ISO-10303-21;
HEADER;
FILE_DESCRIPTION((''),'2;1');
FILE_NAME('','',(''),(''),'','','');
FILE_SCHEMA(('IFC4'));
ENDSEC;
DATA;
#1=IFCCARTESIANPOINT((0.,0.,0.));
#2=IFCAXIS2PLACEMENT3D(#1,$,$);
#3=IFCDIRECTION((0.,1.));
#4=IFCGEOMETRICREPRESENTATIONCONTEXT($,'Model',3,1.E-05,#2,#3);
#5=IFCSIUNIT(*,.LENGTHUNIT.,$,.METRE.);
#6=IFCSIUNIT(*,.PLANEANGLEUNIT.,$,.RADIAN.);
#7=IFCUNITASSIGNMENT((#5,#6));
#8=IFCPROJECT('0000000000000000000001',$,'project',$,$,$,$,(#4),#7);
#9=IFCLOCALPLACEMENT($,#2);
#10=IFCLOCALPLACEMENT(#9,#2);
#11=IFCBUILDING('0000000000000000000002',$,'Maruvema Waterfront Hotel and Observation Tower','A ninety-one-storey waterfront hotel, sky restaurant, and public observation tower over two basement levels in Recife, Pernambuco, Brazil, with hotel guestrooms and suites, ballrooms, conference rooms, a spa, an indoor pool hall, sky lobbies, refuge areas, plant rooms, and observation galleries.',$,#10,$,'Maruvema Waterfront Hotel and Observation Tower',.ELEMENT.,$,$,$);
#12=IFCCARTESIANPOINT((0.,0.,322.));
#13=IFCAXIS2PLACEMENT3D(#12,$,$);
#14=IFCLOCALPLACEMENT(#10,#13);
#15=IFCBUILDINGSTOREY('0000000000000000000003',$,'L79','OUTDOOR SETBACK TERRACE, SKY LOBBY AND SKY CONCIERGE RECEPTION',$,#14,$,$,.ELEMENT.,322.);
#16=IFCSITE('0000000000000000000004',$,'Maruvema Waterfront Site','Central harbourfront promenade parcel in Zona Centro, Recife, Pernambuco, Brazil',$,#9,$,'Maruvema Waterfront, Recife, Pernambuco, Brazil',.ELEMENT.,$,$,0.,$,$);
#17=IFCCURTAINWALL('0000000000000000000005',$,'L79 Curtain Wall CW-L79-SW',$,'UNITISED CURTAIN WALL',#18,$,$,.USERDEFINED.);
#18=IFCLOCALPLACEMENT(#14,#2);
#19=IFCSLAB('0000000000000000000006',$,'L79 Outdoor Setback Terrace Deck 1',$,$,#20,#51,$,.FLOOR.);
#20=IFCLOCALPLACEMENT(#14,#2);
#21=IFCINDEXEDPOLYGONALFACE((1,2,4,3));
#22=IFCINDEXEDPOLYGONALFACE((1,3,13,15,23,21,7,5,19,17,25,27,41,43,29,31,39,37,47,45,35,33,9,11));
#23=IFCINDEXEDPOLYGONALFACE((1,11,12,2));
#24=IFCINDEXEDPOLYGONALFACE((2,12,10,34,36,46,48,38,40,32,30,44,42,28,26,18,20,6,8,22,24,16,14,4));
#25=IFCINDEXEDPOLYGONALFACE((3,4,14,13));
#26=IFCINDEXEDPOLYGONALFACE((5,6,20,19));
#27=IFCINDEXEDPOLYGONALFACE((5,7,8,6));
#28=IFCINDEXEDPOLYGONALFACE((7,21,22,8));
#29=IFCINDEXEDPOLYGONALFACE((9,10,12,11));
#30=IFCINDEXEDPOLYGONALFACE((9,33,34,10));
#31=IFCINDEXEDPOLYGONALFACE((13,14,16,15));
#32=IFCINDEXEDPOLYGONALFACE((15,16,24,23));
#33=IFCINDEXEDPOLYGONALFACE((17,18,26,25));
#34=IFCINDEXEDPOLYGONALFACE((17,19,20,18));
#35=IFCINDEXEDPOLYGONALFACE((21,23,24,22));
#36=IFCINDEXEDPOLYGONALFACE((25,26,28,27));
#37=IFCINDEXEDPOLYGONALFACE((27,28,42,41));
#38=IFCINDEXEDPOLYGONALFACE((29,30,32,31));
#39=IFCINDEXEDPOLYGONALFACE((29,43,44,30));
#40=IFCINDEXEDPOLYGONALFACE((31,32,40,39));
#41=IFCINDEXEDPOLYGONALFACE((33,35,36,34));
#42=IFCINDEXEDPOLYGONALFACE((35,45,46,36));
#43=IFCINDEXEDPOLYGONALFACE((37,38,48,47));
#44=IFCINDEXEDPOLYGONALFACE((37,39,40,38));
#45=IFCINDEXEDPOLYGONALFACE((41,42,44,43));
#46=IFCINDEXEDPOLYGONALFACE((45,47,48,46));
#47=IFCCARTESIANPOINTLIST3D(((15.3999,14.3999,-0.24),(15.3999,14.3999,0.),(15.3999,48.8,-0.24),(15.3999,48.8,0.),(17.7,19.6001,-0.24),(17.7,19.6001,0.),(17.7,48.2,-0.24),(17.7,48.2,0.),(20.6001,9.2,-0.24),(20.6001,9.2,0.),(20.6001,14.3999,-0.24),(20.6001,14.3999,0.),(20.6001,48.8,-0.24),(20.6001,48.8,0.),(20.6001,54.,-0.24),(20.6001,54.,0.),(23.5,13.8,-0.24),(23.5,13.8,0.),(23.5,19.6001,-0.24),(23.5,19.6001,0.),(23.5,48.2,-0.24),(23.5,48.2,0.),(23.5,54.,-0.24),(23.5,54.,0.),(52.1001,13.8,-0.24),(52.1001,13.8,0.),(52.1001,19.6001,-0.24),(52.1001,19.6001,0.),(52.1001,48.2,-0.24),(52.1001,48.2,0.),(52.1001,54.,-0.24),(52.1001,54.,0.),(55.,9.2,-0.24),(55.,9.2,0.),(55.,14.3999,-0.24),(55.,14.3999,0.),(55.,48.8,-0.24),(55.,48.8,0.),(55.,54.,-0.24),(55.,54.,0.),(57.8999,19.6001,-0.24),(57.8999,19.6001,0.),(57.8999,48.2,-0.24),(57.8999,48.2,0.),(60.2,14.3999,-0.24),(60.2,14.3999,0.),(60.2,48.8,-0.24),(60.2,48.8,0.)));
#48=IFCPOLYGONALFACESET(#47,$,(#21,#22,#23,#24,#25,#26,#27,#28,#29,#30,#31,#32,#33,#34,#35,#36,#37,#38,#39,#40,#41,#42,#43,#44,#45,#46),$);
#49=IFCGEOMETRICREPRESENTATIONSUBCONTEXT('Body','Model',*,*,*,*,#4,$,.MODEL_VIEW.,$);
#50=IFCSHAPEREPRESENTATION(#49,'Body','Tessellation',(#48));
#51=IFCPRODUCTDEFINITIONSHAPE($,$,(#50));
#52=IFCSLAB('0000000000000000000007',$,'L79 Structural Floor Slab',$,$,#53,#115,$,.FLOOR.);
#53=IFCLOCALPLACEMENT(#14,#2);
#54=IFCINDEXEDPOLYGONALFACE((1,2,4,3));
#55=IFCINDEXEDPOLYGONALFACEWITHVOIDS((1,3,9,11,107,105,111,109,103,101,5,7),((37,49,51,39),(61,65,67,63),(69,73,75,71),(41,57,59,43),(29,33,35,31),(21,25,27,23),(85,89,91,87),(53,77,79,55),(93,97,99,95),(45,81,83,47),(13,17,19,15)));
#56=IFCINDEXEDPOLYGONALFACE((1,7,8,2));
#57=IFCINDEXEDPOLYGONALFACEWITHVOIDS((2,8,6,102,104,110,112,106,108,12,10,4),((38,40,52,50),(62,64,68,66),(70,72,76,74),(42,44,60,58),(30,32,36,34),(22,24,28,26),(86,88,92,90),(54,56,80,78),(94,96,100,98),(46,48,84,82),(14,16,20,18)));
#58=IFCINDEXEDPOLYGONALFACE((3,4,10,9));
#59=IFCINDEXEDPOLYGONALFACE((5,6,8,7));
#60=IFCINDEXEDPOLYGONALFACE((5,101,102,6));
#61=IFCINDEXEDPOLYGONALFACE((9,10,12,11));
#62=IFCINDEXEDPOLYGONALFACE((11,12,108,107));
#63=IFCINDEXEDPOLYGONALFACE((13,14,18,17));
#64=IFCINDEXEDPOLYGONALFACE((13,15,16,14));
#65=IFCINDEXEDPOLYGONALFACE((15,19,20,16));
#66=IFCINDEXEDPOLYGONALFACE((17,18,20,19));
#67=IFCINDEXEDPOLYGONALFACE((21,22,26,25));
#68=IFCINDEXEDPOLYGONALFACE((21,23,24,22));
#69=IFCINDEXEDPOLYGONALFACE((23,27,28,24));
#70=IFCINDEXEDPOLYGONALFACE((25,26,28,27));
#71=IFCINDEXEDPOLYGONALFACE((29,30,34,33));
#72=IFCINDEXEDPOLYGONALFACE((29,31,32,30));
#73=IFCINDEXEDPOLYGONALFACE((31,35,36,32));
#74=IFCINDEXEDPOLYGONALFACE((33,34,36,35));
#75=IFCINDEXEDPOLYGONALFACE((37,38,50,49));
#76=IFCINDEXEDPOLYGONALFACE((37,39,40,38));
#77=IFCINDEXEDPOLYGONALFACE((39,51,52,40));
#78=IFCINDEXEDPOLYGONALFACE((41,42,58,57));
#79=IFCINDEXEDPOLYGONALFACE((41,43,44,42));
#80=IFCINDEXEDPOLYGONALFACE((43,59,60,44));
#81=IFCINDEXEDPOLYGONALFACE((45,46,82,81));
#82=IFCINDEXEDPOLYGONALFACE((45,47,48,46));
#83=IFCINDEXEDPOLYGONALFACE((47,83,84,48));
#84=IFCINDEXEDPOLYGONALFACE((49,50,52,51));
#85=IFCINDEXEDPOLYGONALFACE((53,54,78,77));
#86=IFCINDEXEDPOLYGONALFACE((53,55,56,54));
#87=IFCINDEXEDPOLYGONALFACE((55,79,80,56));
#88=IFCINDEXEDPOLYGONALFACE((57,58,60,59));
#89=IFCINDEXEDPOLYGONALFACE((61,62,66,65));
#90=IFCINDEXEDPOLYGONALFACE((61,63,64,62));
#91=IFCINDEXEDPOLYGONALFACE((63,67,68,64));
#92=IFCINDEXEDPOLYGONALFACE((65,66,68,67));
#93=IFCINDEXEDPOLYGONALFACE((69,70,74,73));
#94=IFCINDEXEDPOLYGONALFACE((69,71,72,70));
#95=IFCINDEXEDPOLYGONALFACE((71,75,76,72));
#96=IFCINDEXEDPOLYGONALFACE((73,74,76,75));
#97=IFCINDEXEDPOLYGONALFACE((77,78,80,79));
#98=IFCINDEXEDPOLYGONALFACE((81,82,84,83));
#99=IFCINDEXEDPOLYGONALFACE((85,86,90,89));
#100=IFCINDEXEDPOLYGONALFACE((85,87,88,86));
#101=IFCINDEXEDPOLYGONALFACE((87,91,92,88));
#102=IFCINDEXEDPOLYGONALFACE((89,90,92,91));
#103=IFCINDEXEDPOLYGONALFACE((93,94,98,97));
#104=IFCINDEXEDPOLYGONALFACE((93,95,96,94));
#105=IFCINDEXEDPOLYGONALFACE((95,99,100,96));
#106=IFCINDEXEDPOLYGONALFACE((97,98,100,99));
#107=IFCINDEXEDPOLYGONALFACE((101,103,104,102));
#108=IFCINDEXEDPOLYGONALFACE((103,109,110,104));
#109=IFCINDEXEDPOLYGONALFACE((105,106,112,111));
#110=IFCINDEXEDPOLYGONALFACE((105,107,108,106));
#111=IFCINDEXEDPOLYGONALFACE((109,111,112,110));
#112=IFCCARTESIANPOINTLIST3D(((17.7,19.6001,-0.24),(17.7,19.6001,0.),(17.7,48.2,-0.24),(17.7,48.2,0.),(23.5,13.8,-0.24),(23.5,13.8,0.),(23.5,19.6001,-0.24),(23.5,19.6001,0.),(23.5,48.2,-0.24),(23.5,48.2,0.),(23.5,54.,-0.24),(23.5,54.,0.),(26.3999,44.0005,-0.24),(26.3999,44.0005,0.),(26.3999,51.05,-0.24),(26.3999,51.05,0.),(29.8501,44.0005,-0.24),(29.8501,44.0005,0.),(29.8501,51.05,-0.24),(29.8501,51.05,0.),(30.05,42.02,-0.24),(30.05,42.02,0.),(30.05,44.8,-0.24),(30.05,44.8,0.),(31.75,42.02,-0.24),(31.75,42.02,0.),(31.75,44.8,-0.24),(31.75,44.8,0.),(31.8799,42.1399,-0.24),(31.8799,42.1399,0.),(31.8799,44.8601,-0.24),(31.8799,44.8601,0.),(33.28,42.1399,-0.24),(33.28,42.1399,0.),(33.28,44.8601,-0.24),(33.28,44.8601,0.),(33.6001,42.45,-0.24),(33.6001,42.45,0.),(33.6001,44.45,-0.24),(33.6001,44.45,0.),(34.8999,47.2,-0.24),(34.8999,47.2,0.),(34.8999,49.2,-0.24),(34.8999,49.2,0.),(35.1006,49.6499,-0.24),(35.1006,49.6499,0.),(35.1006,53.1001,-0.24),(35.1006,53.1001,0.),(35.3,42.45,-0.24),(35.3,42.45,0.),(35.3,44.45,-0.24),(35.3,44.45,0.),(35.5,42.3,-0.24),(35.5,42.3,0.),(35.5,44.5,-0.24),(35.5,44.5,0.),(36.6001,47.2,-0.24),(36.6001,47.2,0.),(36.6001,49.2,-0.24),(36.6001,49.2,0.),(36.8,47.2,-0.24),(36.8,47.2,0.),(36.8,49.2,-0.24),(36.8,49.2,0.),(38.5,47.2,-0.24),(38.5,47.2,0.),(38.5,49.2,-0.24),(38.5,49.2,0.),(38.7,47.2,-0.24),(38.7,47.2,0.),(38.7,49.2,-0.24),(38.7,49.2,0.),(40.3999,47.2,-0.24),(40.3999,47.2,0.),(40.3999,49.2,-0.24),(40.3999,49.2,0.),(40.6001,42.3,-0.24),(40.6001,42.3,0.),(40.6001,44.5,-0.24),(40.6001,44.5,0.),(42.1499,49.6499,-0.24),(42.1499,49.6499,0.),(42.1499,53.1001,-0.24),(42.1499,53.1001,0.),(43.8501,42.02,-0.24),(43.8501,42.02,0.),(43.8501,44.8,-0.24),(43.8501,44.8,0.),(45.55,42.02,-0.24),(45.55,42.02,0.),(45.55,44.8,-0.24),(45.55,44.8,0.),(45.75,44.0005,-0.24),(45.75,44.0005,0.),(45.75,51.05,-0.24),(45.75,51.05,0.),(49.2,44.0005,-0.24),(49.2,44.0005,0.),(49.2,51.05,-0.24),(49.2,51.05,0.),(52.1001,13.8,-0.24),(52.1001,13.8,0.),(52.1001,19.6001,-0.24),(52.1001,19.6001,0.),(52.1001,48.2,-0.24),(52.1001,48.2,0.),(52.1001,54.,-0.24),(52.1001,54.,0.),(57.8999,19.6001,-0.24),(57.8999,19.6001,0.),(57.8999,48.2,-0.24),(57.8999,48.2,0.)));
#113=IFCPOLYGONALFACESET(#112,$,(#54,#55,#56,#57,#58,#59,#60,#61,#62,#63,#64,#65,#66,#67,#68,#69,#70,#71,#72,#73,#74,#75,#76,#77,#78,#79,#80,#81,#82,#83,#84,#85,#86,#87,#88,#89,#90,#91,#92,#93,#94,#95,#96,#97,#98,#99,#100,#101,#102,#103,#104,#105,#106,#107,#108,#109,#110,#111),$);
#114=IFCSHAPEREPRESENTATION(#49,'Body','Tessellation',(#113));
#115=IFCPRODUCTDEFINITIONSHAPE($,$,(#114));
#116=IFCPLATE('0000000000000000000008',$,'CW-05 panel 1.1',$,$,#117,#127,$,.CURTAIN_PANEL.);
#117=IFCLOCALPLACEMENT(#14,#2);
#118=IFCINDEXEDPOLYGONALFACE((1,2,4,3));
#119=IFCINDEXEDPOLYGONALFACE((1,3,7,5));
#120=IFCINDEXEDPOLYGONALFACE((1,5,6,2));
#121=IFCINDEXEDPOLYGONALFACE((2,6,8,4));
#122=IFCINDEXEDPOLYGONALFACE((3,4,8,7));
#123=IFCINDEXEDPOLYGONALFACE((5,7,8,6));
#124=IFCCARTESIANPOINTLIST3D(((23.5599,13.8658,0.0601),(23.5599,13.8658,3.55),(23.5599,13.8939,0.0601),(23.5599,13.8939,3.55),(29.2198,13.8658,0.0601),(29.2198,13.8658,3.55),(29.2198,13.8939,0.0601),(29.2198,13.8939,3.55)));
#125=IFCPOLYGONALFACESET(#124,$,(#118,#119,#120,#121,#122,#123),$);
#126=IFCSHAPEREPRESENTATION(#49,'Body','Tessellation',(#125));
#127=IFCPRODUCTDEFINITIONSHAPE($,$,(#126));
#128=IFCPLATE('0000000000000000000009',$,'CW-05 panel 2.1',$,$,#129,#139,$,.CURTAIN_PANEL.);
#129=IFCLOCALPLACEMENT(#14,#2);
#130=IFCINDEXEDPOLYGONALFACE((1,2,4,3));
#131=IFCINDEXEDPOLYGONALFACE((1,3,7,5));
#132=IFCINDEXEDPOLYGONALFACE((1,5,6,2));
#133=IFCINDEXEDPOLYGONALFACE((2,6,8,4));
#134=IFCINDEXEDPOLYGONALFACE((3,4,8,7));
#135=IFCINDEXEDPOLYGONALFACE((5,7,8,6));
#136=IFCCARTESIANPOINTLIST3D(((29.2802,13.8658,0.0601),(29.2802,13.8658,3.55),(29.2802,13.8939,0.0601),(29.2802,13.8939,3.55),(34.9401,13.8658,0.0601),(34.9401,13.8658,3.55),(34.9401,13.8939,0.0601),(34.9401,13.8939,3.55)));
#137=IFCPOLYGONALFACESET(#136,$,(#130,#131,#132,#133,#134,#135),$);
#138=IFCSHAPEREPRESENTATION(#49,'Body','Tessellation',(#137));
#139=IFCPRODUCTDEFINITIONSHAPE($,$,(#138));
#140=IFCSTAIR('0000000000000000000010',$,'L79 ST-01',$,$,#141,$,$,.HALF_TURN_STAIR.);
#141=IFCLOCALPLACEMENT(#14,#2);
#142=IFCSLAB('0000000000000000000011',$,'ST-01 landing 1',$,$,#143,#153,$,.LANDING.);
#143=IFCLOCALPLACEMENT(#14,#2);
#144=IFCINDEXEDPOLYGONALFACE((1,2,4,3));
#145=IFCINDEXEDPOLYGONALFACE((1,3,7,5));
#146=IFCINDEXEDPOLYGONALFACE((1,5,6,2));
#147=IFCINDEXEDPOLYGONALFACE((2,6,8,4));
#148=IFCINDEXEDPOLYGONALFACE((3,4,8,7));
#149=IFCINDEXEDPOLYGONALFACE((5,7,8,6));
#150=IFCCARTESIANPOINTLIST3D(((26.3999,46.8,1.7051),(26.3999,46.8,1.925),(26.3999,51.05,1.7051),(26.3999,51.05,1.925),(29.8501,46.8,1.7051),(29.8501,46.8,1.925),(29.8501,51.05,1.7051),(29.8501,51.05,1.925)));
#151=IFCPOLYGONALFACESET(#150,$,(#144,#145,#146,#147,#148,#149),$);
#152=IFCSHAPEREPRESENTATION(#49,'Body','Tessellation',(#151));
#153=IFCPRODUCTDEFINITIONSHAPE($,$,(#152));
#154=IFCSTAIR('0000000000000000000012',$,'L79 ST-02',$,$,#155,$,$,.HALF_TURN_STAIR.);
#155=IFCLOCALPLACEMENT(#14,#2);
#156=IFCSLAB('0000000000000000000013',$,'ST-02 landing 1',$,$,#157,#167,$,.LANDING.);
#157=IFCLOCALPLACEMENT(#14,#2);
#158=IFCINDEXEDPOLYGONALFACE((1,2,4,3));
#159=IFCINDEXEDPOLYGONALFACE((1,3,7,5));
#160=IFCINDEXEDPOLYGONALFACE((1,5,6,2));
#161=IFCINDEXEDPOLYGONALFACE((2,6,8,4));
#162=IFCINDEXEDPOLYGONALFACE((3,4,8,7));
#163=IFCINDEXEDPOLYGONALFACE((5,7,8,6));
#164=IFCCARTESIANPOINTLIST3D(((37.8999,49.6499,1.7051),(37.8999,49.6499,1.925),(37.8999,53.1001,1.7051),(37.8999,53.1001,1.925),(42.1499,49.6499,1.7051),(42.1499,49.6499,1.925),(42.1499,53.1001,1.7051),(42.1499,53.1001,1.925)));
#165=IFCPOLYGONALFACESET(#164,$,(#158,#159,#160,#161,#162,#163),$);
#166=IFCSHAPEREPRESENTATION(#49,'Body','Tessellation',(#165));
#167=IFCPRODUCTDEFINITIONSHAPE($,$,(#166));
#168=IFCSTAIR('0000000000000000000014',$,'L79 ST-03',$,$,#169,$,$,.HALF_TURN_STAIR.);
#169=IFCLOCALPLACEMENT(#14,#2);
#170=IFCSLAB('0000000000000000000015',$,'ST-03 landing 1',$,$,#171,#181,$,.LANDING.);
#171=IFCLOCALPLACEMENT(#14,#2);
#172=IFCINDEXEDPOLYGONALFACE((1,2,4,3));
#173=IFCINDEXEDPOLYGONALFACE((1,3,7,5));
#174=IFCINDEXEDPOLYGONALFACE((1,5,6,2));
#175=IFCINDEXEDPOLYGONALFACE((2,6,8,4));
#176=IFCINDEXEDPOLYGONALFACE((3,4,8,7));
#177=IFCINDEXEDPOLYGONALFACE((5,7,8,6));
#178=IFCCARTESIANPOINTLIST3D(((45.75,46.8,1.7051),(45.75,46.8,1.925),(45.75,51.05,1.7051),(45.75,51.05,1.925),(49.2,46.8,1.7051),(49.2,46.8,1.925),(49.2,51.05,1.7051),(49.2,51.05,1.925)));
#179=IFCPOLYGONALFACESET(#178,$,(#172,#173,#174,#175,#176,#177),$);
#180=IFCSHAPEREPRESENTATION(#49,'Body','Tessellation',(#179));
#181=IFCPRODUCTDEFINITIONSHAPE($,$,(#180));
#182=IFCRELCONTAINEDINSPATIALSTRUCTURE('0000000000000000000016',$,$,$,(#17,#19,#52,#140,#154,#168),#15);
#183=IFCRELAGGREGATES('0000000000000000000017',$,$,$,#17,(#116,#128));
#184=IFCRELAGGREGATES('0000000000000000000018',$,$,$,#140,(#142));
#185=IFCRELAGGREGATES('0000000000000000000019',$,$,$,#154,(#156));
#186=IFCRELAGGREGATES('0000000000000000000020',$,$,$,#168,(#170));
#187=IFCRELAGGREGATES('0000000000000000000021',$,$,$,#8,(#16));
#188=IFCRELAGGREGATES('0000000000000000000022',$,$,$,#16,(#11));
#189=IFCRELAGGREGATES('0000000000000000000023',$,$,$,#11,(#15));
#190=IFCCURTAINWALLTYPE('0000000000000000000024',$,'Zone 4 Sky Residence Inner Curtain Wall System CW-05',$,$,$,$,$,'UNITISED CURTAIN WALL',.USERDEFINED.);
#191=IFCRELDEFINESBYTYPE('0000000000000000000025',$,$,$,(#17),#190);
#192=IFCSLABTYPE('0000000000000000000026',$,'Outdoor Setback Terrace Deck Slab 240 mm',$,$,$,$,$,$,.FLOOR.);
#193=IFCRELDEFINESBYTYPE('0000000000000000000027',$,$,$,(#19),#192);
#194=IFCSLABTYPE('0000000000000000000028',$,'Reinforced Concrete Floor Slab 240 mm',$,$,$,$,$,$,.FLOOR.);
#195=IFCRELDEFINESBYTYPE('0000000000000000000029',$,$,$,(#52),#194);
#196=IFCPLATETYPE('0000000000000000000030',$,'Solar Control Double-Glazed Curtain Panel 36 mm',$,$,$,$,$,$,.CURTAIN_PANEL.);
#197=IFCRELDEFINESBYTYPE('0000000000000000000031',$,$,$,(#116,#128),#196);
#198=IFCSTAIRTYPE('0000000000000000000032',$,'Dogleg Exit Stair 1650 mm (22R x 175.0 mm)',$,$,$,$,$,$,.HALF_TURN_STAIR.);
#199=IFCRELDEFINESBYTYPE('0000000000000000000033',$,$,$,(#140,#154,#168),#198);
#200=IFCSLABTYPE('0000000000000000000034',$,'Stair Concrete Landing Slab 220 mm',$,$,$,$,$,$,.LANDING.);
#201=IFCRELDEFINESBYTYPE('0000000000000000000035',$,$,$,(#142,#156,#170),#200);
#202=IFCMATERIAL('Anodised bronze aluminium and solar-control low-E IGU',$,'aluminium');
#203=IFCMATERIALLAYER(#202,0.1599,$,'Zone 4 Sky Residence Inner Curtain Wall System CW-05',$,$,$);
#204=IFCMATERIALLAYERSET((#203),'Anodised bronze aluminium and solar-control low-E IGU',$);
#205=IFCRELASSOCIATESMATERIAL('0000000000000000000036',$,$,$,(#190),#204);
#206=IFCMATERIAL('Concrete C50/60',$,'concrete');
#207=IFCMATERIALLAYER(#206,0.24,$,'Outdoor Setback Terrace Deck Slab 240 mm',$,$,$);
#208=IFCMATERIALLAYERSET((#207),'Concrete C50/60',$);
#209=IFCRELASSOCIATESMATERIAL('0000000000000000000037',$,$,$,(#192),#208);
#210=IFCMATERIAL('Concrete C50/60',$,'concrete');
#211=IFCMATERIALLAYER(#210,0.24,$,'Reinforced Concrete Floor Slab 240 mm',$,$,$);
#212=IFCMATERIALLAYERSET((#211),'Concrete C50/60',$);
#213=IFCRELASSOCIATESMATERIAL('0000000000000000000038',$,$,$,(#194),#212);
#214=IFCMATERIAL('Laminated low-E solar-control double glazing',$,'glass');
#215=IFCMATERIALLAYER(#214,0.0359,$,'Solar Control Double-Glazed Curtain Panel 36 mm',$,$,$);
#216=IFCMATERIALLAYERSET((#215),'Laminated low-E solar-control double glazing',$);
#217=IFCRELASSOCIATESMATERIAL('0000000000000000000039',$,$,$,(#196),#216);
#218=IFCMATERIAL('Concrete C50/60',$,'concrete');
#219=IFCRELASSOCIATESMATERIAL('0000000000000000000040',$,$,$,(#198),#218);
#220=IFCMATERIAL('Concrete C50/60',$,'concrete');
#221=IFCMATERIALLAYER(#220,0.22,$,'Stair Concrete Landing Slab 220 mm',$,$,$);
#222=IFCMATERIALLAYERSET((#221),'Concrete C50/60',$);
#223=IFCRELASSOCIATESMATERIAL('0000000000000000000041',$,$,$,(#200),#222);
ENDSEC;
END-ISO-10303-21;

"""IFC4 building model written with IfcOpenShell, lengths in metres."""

from ifc_helpers import new_model, si_unit, direction, frame, origin, origin_2d, place, context, subcontext, project, spatial, polyline, rectangle, outline, extrude, material, layer, layer_set, type_object, element, aggregate, save


model = new_model("IFC4")

# Units and contexts
model_context = context("Model", 3, precision=1e-05, world=origin(), true_north=direction((0.0, 1.0)))
body_context = subcontext(model_context, "Body", "Model", "MODEL_VIEW")
ifc_project = project(units=[si_unit("LENGTHUNIT", "METRE"), si_unit("PLANEANGLEUNIT", "RADIAN")], contexts=[model_context])

# Site, building, storey
site_placement = place(None, origin())
site = spatial("IfcSite", under=ifc_project, at=site_placement, Name="Maruvema Waterfront Site", Description="Central harbourfront promenade parcel in Zona Centro, Recife, Pernambuco, Brazil", LongName="Maruvema Waterfront, Recife, Pernambuco, Brazil", CompositionType="ELEMENT", RefElevation=0.0)
building_placement = place(site_placement, origin())
building = spatial("IfcBuilding", under=site, at=building_placement, Name="Maruvema Waterfront Hotel and Observation Tower", Description="A ninety-one-storey waterfront hotel, sky restaurant, and public observation tower over two basement levels in Recife, Pernambuco, Brazil, with hotel guestrooms and suites, ballrooms, conference rooms, a spa, an indoor pool hall, sky lobbies, refuge areas, plant rooms, and observation galleries.", LongName="Maruvema Waterfront Hotel and Observation Tower", CompositionType="ELEMENT")
storey_placement = place(building_placement, frame((0.0, 0.0, 322.0)))
storey = spatial("IfcBuildingStorey", under=building, at=storey_placement, Name="L79", Description="OUTDOOR SETBACK TERRACE, SKY LOBBY AND SKY CONCIERGE RECEPTION", CompositionType="ELEMENT", Elevation=322.0)

# Curtain wall
ifc_material_1 = material(Name="Anodised bronze aluminium and solar-control low-E IGU", Category="aluminium")
ifc_layer_1 = layer(ifc_material_1, 0.1599, Name="Zone 4 Sky Residence Inner Curtain Wall System CW-05")
ifc_layer_set_1 = layer_set([ifc_layer_1], Name="Anodised bronze aluminium and solar-control low-E IGU")
curtain_wall_type = type_object("IfcCurtainWallType", Name="Zone 4 Sky Residence Inner Curtain Wall System CW-05", ElementType="UNITISED CURTAIN WALL", PredefinedType="USERDEFINED", material=ifc_layer_set_1)
curtain_wall_placement = place(storey_placement, origin())
curtain_wall = element("IfcCurtainWall", 1, at=curtain_wall_placement, inside=storey, type_object=curtain_wall_type, Name="L79 Curtain Wall CW-L79-SW", ObjectType="UNITISED CURTAIN WALL", PredefinedType="USERDEFINED")

# Slabs
ifc_material_2 = material(Name="Concrete C50/60", Category="concrete")
ifc_layer_2 = layer(ifc_material_2, 0.24, Name="Outdoor Setback Terrace Deck Slab 240 mm")
ifc_layer_set_2 = layer_set([ifc_layer_2], Name="Concrete C50/60")
slab_type_1 = type_object("IfcSlabType", Name="Outdoor Setback Terrace Deck Slab 240 mm", PredefinedType="FLOOR", material=ifc_layer_set_2)
slab_1_placement = place(storey_placement, frame((0.0, 0.0, -0.24)))
element("IfcSlab", 2, at=slab_1_placement, inside=storey, type_object=slab_type_1, Name="L79 Outdoor Setback Terrace Deck 1", PredefinedType="FLOOR", context=body_context, shape_type="SweptSolid", body=[
    extrude(outline(polyline([(55.0, 54.0), (55.0, 48.8), (60.2, 48.8), (60.2, 14.3999), (55.0, 14.3999), (55.0, 9.2), (20.6001, 9.2), (20.6001, 14.3999), (15.3999, 14.3999), (15.3999, 48.8), (20.6001, 48.8), (20.6001, 54.0), (23.5, 54.0), (23.5, 48.2), (17.7, 48.2), (17.7, 19.6001), (23.5, 19.6001), (23.5, 13.8), (52.1001, 13.8), (52.1001, 19.6001), (57.8999, 19.6001), (57.8999, 48.2), (52.1001, 48.2), (52.1001, 54.0), (55.0, 54.0)])), origin(), (0.0, 0.0, 1.0), 0.24),
])
ifc_material_3 = material(Name="Concrete C50/60", Category="concrete")
ifc_layer_3 = layer(ifc_material_3, 0.24, Name="Reinforced Concrete Floor Slab 240 mm")
ifc_layer_set_3 = layer_set([ifc_layer_3], Name="Concrete C50/60")
slab_type_2 = type_object("IfcSlabType", Name="Reinforced Concrete Floor Slab 240 mm", PredefinedType="FLOOR", material=ifc_layer_set_3)
slab_2_placement = place(storey_placement, frame((0.0, 0.0, -0.24)))
element("IfcSlab", 3, at=slab_2_placement, inside=storey, type_object=slab_type_2, Name="L79 Structural Floor Slab", PredefinedType="FLOOR", context=body_context, shape_type="SweptSolid", body=[
    extrude(outline(polyline([(23.5, 13.8), (52.1001, 13.8), (52.1001, 19.6001), (57.8999, 19.6001), (57.8999, 48.2), (52.1001, 48.2), (52.1001, 54.0), (23.5, 54.0), (23.5, 48.2), (17.7, 48.2), (17.7, 19.6001), (23.5, 19.6001), (23.5, 13.8)]), holes=[polyline([(26.3999, 44.0005), (26.3999, 51.05), (29.8501, 51.05), (29.8501, 44.0005), (26.3999, 44.0005)]), polyline([(30.05, 44.8), (31.75, 44.8), (31.75, 42.02), (30.05, 42.02), (30.05, 44.8)]), polyline([(31.8799, 42.1399), (31.8799, 44.8601), (33.28, 44.8601), (33.28, 42.1399), (31.8799, 42.1399)]), polyline([(33.6001, 44.45), (35.3, 44.45), (35.3, 42.45), (33.6001, 42.45), (33.6001, 44.45)]), polyline([(34.8999, 49.2), (36.6001, 49.2), (36.6001, 47.2), (34.8999, 47.2), (34.8999, 49.2)]), polyline([(36.8, 47.2), (36.8, 49.2), (38.5, 49.2), (38.5, 47.2), (36.8, 47.2)]), polyline([(35.5, 42.3), (35.5, 44.5), (40.6001, 44.5), (40.6001, 42.3), (35.5, 42.3)]), polyline([(35.1006, 53.1001), (42.1499, 53.1001), (42.1499, 49.6499), (35.1006, 49.6499), (35.1006, 53.1001)]), polyline([(38.7, 49.2), (40.3999, 49.2), (40.3999, 47.2), (38.7, 47.2), (38.7, 49.2)]), polyline([(43.8501, 44.8), (45.55, 44.8), (45.55, 42.02), (43.8501, 42.02), (43.8501, 44.8)]), polyline([(45.75, 44.0005), (45.75, 51.05), (49.2, 51.05), (49.2, 44.0005), (45.75, 44.0005)])]), origin(), (0.0, 0.0, 1.0), 0.24),
])

# Plates
ifc_material_4 = material(Name="Laminated low-E solar-control double glazing", Category="glass")
ifc_layer_4 = layer(ifc_material_4, 0.0359, Name="Solar Control Double-Glazed Curtain Panel 36 mm")
ifc_layer_set_4 = layer_set([ifc_layer_4], Name="Laminated low-E solar-control double glazing")
plate_type = type_object("IfcPlateType", Name="Solar Control Double-Glazed Curtain Panel 36 mm", PredefinedType="CURTAIN_PANEL", material=ifc_layer_set_4)
plate_1_placement = place(storey_placement, frame((26.3899, 13.8799, 0.0601), z_axis=(0.0, 0.0, 1.0), x_axis=(1.0, 0.0, 0.0)))
plate_1 = element("IfcPlate", 4, at=plate_1_placement, type_object=plate_type, Name="CW-05 panel 1.1", PredefinedType="CURTAIN_PANEL", context=body_context, shape_type="SweptSolid", body=[
    extrude(rectangle(XDim=5.6599, YDim=0.0281, at=origin_2d()), origin(), (0.0, 0.0, 1.0), 3.49),
])
plate_2_placement = place(storey_placement, frame((32.1101, 13.8799, 0.0601), z_axis=(0.0, 0.0, 1.0), x_axis=(1.0, 0.0, 0.0)))
plate_2 = element("IfcPlate", 5, at=plate_2_placement, type_object=plate_type, Name="CW-05 panel 2.1", PredefinedType="CURTAIN_PANEL", context=body_context, shape_type="SweptSolid", body=[
    extrude(rectangle(XDim=5.6599, YDim=0.0281, at=origin_2d()), origin(), (0.0, 0.0, 1.0), 3.49),
])
aggregate(curtain_wall, [plate_1, plate_2])

# Stairs, slabs
ifc_material_5 = material(Name="Concrete C50/60", Category="concrete")
stair_type = type_object("IfcStairType", Name="Dogleg Exit Stair 1650 mm (22R x 175.0 mm)", PredefinedType="HALF_TURN_STAIR", material=ifc_material_5)
stair_1_placement = place(storey_placement, origin())
stair_1 = element("IfcStair", 6, at=stair_1_placement, inside=storey, type_object=stair_type, Name="L79 ST-01", PredefinedType="HALF_TURN_STAIR")
ifc_material_6 = material(Name="Concrete C50/60", Category="concrete")
ifc_layer_5 = layer(ifc_material_6, 0.22, Name="Stair Concrete Landing Slab 220 mm")
ifc_layer_set_5 = layer_set([ifc_layer_5], Name="Concrete C50/60")
slab_type_3 = type_object("IfcSlabType", Name="Stair Concrete Landing Slab 220 mm", PredefinedType="LANDING", material=ifc_layer_set_5)
slab_3_placement = place(storey_placement, frame((0.0, 0.0, 1.7051)))
slab_3 = element("IfcSlab", 7, at=slab_3_placement, type_object=slab_type_3, Name="ST-01 landing 1", PredefinedType="LANDING", context=body_context, shape_type="SweptSolid", body=[
    extrude(outline(polyline([(29.8501, 46.8), (29.8501, 51.05), (26.3999, 51.05), (26.3999, 46.8), (29.8501, 46.8)])), origin(), (0.0, 0.0, 1.0), 0.22),
])
aggregate(stair_1, [slab_3])
stair_2_placement = place(storey_placement, origin())
stair_2 = element("IfcStair", 8, at=stair_2_placement, inside=storey, type_object=stair_type, Name="L79 ST-02", PredefinedType="HALF_TURN_STAIR")
slab_4_placement = place(storey_placement, frame((0.0, 0.0, 1.7051)))
slab_4 = element("IfcSlab", 9, at=slab_4_placement, type_object=slab_type_3, Name="ST-02 landing 1", PredefinedType="LANDING", context=body_context, shape_type="SweptSolid", body=[
    extrude(outline(polyline([(37.8999, 49.6499), (42.1499, 49.6499), (42.1499, 53.1001), (37.8999, 53.1001), (37.8999, 49.6499)])), origin(), (0.0, 0.0, 1.0), 0.22),
])
aggregate(stair_2, [slab_4])
stair_3_placement = place(storey_placement, origin())
stair_3 = element("IfcStair", 10, at=stair_3_placement, inside=storey, type_object=stair_type, Name="L79 ST-03", PredefinedType="HALF_TURN_STAIR")
slab_5_placement = place(storey_placement, frame((0.0, 0.0, 1.7051)))
slab_5 = element("IfcSlab", 11, at=slab_5_placement, type_object=slab_type_3, Name="ST-03 landing 1", PredefinedType="LANDING", context=body_context, shape_type="SweptSolid", body=[
    extrude(outline(polyline([(49.2, 46.8), (49.2, 51.05), (45.75, 51.05), (45.75, 46.8), (49.2, 46.8)])), origin(), (0.0, 0.0, 1.0), 0.22),
])
aggregate(stair_3, [slab_5])

save(model, "model.ifc")
